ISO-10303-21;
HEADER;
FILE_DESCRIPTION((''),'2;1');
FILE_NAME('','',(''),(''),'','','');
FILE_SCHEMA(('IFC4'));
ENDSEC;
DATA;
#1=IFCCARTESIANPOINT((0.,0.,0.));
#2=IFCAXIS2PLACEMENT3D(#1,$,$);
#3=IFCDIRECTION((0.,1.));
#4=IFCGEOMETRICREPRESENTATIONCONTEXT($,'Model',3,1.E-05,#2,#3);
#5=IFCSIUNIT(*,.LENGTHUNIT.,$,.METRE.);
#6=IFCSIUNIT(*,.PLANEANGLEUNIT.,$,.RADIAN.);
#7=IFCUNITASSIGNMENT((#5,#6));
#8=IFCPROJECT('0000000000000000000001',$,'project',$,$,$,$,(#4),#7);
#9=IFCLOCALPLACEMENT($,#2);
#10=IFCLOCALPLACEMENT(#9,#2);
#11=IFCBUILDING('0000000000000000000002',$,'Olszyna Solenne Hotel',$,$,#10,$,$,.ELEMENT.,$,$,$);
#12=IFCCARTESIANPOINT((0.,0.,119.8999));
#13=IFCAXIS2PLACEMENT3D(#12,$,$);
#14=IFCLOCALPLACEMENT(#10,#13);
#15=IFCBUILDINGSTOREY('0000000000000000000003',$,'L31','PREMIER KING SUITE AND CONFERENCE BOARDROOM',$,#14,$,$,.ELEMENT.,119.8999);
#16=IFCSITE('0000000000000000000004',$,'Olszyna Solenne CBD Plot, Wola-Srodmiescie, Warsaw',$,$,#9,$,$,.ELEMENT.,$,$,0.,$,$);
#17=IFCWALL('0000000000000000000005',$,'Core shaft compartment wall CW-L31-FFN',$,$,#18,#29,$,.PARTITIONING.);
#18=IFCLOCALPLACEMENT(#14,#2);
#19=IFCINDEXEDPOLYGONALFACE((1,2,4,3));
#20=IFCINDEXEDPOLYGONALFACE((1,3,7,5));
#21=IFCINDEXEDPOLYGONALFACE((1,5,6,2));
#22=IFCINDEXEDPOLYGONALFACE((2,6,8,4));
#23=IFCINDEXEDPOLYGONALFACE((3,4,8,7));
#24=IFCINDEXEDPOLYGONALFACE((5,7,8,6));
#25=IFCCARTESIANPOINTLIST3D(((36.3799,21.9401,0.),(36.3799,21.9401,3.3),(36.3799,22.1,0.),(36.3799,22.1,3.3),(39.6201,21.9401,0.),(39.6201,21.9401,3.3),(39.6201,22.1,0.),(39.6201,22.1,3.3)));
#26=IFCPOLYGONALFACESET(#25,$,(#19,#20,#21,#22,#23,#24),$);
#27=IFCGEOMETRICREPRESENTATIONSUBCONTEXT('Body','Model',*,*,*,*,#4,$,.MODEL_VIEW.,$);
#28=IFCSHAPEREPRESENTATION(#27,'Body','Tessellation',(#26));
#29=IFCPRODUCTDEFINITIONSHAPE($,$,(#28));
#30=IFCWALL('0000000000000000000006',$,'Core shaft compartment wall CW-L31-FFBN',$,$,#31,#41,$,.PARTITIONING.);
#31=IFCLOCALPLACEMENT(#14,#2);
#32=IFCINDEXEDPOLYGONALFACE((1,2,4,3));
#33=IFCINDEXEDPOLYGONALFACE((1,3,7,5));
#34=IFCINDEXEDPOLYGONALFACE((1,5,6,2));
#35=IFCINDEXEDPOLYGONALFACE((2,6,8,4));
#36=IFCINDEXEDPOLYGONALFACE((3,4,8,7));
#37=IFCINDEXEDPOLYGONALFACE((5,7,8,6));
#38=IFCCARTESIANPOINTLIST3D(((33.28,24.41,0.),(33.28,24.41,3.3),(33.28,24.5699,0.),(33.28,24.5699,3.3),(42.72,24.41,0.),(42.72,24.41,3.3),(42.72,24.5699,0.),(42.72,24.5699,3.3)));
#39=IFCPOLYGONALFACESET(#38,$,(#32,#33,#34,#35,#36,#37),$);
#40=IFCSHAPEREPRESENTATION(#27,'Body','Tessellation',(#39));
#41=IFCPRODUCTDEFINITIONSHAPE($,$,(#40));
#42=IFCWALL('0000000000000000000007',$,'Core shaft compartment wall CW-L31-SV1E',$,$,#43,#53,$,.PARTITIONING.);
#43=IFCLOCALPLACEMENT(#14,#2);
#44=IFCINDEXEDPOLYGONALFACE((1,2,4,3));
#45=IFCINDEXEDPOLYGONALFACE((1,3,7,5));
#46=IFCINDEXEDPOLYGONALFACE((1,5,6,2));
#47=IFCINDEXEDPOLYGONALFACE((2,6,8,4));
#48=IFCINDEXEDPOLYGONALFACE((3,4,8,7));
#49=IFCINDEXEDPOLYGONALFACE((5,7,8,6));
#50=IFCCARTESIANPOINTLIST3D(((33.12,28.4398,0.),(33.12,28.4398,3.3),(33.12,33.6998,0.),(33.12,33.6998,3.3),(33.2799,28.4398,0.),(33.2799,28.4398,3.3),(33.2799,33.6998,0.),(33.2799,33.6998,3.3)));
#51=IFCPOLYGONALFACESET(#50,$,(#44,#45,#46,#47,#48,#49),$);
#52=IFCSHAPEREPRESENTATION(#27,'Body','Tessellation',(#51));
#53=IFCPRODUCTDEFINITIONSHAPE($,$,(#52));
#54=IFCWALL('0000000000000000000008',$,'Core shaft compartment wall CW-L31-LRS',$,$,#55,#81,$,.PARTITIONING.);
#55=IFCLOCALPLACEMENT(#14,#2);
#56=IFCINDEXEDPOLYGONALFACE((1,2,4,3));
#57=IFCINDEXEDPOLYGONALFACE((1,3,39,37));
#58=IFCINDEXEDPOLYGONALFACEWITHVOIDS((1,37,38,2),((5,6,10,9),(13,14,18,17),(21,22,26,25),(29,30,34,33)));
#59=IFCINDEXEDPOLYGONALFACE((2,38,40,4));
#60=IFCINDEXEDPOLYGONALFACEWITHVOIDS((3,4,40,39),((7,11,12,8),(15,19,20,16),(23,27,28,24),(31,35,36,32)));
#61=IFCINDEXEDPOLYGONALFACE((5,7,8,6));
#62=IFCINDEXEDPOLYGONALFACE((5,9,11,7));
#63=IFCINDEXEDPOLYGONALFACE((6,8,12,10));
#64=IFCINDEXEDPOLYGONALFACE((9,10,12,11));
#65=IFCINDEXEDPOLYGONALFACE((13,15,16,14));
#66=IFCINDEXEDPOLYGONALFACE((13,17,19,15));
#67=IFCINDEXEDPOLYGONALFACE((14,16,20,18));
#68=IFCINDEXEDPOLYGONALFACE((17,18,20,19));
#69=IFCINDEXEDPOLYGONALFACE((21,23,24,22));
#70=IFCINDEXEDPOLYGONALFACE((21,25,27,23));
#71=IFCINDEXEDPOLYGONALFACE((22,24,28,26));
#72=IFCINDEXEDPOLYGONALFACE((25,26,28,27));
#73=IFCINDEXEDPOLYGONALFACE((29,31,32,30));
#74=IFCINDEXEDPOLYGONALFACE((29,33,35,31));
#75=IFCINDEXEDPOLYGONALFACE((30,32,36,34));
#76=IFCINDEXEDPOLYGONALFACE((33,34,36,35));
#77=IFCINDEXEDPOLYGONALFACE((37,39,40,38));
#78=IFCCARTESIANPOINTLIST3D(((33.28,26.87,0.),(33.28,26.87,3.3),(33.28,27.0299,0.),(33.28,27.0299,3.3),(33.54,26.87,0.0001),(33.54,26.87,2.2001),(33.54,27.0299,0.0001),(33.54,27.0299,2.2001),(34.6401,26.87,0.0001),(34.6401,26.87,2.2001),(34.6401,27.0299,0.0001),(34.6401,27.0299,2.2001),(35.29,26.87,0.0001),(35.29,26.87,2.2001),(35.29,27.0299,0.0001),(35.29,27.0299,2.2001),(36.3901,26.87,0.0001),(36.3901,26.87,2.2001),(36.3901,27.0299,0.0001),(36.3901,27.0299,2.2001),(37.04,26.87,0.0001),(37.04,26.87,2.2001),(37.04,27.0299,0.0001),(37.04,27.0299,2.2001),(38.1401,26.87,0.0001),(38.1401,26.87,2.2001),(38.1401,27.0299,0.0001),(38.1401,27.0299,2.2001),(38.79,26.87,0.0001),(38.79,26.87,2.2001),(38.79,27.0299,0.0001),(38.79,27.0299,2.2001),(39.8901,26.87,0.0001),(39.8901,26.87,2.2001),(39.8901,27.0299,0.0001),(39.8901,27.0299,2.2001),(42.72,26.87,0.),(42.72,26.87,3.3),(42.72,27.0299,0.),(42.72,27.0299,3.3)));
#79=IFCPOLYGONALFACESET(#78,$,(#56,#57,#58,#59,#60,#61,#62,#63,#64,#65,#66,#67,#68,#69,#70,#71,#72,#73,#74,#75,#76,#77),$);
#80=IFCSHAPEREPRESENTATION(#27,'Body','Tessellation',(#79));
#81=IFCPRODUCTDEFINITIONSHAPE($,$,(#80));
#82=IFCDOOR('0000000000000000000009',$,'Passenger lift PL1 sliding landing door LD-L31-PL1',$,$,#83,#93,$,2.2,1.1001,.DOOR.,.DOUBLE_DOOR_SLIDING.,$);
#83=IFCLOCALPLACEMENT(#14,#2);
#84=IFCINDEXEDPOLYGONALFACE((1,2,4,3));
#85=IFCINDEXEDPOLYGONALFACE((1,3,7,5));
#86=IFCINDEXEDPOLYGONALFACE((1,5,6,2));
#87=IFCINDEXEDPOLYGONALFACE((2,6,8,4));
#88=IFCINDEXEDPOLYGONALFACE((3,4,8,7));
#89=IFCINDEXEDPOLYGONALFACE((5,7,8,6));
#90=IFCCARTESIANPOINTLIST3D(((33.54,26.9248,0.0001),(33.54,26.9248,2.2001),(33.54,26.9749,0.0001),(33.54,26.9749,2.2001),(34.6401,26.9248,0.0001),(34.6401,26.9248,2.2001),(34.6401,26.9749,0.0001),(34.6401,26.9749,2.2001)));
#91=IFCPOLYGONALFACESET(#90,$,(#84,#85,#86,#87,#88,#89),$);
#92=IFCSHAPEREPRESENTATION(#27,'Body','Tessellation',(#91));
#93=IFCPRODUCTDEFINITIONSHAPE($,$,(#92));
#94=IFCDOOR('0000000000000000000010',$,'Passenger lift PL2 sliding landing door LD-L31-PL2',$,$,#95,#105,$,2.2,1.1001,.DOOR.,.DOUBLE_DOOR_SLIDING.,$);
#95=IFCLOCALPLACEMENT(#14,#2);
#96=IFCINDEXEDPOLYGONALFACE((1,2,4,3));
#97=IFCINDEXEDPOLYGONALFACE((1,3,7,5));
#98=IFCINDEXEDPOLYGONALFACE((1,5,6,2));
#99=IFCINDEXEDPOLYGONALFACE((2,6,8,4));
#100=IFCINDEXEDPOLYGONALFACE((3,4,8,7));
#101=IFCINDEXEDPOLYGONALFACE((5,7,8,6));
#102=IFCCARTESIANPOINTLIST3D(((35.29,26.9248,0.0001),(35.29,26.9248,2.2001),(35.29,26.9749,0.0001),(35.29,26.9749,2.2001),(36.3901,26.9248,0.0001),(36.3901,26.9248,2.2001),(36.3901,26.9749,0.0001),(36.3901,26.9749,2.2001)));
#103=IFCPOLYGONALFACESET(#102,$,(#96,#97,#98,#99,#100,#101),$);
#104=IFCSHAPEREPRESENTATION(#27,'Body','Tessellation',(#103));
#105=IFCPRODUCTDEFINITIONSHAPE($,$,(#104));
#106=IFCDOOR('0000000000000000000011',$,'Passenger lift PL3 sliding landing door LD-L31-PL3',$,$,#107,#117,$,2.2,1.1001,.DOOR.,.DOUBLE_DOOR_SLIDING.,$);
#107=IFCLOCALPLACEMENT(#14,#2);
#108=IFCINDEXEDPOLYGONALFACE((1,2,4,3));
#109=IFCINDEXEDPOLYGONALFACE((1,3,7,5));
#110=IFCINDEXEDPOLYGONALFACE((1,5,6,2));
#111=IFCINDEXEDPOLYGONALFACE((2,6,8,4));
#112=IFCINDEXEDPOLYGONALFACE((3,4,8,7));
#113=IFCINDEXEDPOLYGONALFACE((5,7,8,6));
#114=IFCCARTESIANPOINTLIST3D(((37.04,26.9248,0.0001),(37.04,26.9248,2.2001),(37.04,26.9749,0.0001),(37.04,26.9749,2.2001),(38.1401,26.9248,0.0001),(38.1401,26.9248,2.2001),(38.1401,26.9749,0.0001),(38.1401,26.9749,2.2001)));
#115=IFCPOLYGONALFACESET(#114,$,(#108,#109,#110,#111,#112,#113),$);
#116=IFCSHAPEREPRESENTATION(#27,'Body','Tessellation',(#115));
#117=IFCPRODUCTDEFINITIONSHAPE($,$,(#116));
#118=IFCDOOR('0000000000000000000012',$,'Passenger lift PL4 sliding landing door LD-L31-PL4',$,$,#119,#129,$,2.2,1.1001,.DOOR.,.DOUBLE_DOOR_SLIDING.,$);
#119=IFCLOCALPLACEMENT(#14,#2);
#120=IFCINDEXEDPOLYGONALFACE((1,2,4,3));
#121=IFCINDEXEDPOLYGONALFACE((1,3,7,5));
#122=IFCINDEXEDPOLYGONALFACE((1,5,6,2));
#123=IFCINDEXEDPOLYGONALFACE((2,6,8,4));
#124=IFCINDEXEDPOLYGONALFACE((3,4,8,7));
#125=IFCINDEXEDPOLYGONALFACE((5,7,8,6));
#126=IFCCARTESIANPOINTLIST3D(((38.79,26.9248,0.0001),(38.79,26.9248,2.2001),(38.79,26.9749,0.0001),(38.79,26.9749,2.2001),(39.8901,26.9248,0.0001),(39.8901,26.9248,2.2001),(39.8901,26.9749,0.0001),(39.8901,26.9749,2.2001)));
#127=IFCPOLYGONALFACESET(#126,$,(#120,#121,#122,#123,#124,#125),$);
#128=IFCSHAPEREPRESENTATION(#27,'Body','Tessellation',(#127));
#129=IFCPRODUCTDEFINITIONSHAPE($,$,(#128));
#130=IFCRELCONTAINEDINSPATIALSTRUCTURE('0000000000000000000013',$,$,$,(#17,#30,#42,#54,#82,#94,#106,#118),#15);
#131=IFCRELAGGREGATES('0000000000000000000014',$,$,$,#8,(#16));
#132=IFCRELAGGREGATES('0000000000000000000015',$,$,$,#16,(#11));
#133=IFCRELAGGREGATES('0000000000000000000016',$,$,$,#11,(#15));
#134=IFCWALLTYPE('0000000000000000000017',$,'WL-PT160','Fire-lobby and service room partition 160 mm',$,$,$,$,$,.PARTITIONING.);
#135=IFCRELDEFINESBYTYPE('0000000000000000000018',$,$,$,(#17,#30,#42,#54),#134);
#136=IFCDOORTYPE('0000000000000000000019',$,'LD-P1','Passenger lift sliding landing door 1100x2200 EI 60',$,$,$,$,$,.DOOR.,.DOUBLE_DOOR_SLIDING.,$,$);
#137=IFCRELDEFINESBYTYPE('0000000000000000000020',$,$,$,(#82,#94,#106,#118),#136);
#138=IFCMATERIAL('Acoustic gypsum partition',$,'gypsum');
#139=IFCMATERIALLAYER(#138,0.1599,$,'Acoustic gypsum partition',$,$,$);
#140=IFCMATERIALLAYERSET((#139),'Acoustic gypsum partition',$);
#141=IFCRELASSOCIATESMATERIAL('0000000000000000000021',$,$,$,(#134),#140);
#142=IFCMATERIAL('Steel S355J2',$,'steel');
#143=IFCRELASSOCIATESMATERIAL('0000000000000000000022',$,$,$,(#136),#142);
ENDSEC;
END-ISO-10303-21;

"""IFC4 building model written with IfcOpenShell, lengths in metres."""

from ifc_helpers import new_model, si_unit, direction, frame, frame_2d, origin, place, context, subcontext, project, spatial, rectangle, extrude, source, transform, mapped, material, layer, layer_set, type_object, type_shapes, element, fill, save


model = new_model("IFC4")

# Units and contexts
model_context = context("Model", 3, precision=1e-05, world=origin(), true_north=direction((0.0, 1.0)))
body_context = subcontext(model_context, "Body", "Model", "MODEL_VIEW")
ifc_project = project(units=[si_unit("LENGTHUNIT", "METRE"), si_unit("PLANEANGLEUNIT", "RADIAN")], contexts=[model_context])

# Site, building, storey
site_placement = place(None, origin())
site = spatial("IfcSite", under=ifc_project, at=site_placement, Name="Olszyna Solenne CBD Plot, Wola-Srodmiescie, Warsaw", CompositionType="ELEMENT", RefElevation=0.0)
building_placement = place(site_placement, origin())
building = spatial("IfcBuilding", under=site, at=building_placement, Name="Olszyna Solenne Hotel", CompositionType="ELEMENT")
storey_placement = place(building_placement, frame((0.0, 0.0, 119.8999)))
storey = spatial("IfcBuildingStorey", under=building, at=storey_placement, Name="L31", Description="PREMIER KING SUITE AND CONFERENCE BOARDROOM", CompositionType="ELEMENT", Elevation=119.8999)

# Shared definitions
ifc_material_1 = material(Name="Steel S355J2", Category="steel")

# Shared definitions
ifc_material_2 = material(Name="Acoustic gypsum partition", Category="gypsum")

# Shared definitions
ifc_layer_1 = layer(ifc_material_2, 0.1599, Name="Acoustic gypsum partition")
ifc_layer_set_1 = layer_set([ifc_layer_1], Name="Acoustic gypsum partition")
wall_type_1 = type_object("IfcWallType", Name="WL-PT160", Description="Fire-lobby and service room partition 160 mm", PredefinedType="PARTITIONING", material=ifc_layer_set_1)

# Walls
wall_1_placement = place(storey_placement, frame((36.3799, 22.02, 0.0), z_axis=(0.0, 0.0, 1.0), x_axis=(1.0, 0.0, 0.0)))
element("IfcWall", 1, at=wall_1_placement, inside=storey, type_object=wall_type_1, Name="Core shaft compartment wall CW-L31-FFN", PredefinedType="PARTITIONING", context=body_context, shape_type="SweptSolid", body=[
    extrude(rectangle(XDim=3.2402, YDim=0.1599, at=frame_2d((1.6201, 0.0))), origin(), (0.0, 0.0, 1.0), 3.3),
])
wall_2_placement = place(storey_placement, frame((33.28, 24.49, 0.0), z_axis=(0.0, 0.0, 1.0), x_axis=(1.0, 0.0, 0.0)))
element("IfcWall", 2, at=wall_2_placement, inside=storey, type_object=wall_type_1, Name="Core shaft compartment wall CW-L31-FFBN", PredefinedType="PARTITIONING", context=body_context, shape_type="SweptSolid", body=[
    extrude(rectangle(XDim=9.4399, YDim=0.1599, at=frame_2d((4.72, 0.0))), origin(), (0.0, 0.0, 1.0), 3.3),
])
wall_3_placement = place(storey_placement, frame((33.2, 28.4399, 0.0), z_axis=(0.0, 0.0, 1.0), x_axis=(0.0, 1.0, 0.0)))
element("IfcWall", 3, at=wall_3_placement, inside=storey, type_object=wall_type_1, Name="Core shaft compartment wall CW-L31-SV1E", PredefinedType="PARTITIONING", context=body_context, shape_type="SweptSolid", body=[
    extrude(rectangle(XDim=5.26, YDim=0.1599, at=frame_2d((2.6299, 0.0))), origin(), (0.0, 0.0, 1.0), 3.3),
])

# Wall, openings, doors
wall_4_placement = place(storey_placement, frame((33.28, 26.95, 0.0), z_axis=(0.0, 0.0, 1.0), x_axis=(1.0, 0.0, 0.0)))
wall_4 = element("IfcWall", 4, at=wall_4_placement, inside=storey, type_object=wall_type_1, Name="Core shaft compartment wall CW-L31-LRS", PredefinedType="PARTITIONING", context=body_context, shape_type="SweptSolid", body=[
    extrude(rectangle(XDim=9.4399, YDim=0.1599, at=frame_2d((4.72, 0.0))), origin(), (0.0, 0.0, 1.0), 3.3),
])
opening_1_placement = place(wall_4_placement, frame((0.26, 0.0, 0.0)))
opening_1 = element("IfcOpeningElement", 5, at=opening_1_placement, cuts=wall_4, PredefinedType="OPENING", context=body_context, shape_type="SweptSolid", body=[
    extrude(rectangle(XDim=1.1001, YDim=2.2, at=frame_2d((0.55, 1.1001))), frame((0.0, 0.0898, 0.0), z_axis=(0.0, -1.0, 0.0), x_axis=(1.0, 0.0, 0.0)), (0.0, 0.0, 1.0), 0.1799),
])
opening_2_placement = place(wall_4_placement, frame((2.01, 0.0, 0.0)))
opening_2 = element("IfcOpeningElement", 6, at=opening_2_placement, cuts=wall_4, PredefinedType="OPENING", context=body_context, shape_type="SweptSolid", body=[
    extrude(rectangle(XDim=1.1001, YDim=2.2, at=frame_2d((0.55, 1.1001))), frame((0.0, 0.0898, 0.0), z_axis=(0.0, -1.0, 0.0), x_axis=(1.0, 0.0, 0.0)), (0.0, 0.0, 1.0), 0.1799),
])
opening_3_placement = place(wall_4_placement, frame((3.76, 0.0, 0.0)))
opening_3 = element("IfcOpeningElement", 7, at=opening_3_placement, cuts=wall_4, PredefinedType="OPENING", context=body_context, shape_type="SweptSolid", body=[
    extrude(rectangle(XDim=1.1001, YDim=2.2, at=frame_2d((0.55, 1.1001))), frame((0.0, 0.0898, 0.0), z_axis=(0.0, -1.0, 0.0), x_axis=(1.0, 0.0, 0.0)), (0.0, 0.0, 1.0), 0.1799),
])
opening_4_placement = place(wall_4_placement, frame((5.51, 0.0, 0.0)))
opening_4 = element("IfcOpeningElement", 8, at=opening_4_placement, cuts=wall_4, PredefinedType="OPENING", context=body_context, shape_type="SweptSolid", body=[
    extrude(rectangle(XDim=1.1001, YDim=2.2, at=frame_2d((0.55, 1.1001))), frame((0.0, 0.0898, 0.0), z_axis=(0.0, -1.0, 0.0), x_axis=(1.0, 0.0, 0.0)), (0.0, 0.0, 1.0), 0.1799),
])
door_type_1 = type_object("IfcDoorType", Name="LD-P1", Description="Passenger lift sliding landing door 1100x2200 EI 60", OperationType="DOUBLE_DOOR_SLIDING", PredefinedType="DOOR", material=ifc_material_1)
shared_shape_1 = source(origin(), body_context, "Body", "SweptSolid", [
    extrude(rectangle(XDim=1.1001, YDim=2.2, at=frame_2d((0.55, 1.1001))), frame((0.0, 0.0249, 0.0), z_axis=(0.0, -1.0, 0.0), x_axis=(1.0, 0.0, 0.0)), (0.0, 0.0, 1.0), 0.05),
])
type_shapes(door_type_1, [shared_shape_1])
door_1_placement = place(opening_1_placement, origin())
door_1 = element("IfcDoor", 9, at=door_1_placement, inside=storey, type_object=door_type_1, Name="Passenger lift PL1 sliding landing door LD-L31-PL1", OperationType="DOUBLE_DOOR_SLIDING", OverallHeight=2.2, OverallWidth=1.1001, PredefinedType="DOOR", context=body_context, shape_type="MappedRepresentation", body=[
    mapped(shared_shape_1, transform((0.0, 0.0, 0.0), x_axis=(1.0, 0.0, 0.0), y_axis=(0.0, 1.0, 0.0), z_axis=(0.0, 0.0, 1.0), scale=1.0)),
])
fill(opening_1, door_1)
door_2_placement = place(opening_2_placement, origin())
door_2 = element("IfcDoor", 10, at=door_2_placement, inside=storey, type_object=door_type_1, Name="Passenger lift PL2 sliding landing door LD-L31-PL2", OperationType="DOUBLE_DOOR_SLIDING", OverallHeight=2.2, OverallWidth=1.1001, PredefinedType="DOOR", context=body_context, shape_type="MappedRepresentation", body=[
    mapped(shared_shape_1, transform((0.0, 0.0, 0.0), x_axis=(1.0, 0.0, 0.0), y_axis=(0.0, 1.0, 0.0), z_axis=(0.0, 0.0, 1.0), scale=1.0)),
])
fill(opening_2, door_2)
door_3_placement = place(opening_3_placement, origin())
door_3 = element("IfcDoor", 11, at=door_3_placement, inside=storey, type_object=door_type_1, Name="Passenger lift PL3 sliding landing door LD-L31-PL3", OperationType="DOUBLE_DOOR_SLIDING", OverallHeight=2.2, OverallWidth=1.1001, PredefinedType="DOOR", context=body_context, shape_type="MappedRepresentation", body=[
    mapped(shared_shape_1, transform((0.0, 0.0, 0.0), x_axis=(1.0, 0.0, 0.0), y_axis=(0.0, 1.0, 0.0), z_axis=(0.0, 0.0, 1.0), scale=1.0)),
])
fill(opening_3, door_3)
door_4_placement = place(opening_4_placement, origin())
door_4 = element("IfcDoor", 12, at=door_4_placement, inside=storey, type_object=door_type_1, Name="Passenger lift PL4 sliding landing door LD-L31-PL4", OperationType="DOUBLE_DOOR_SLIDING", OverallHeight=2.2, OverallWidth=1.1001, PredefinedType="DOOR", context=body_context, shape_type="MappedRepresentation", body=[
    mapped(shared_shape_1, transform((0.0, 0.0, 0.0), x_axis=(1.0, 0.0, 0.0), y_axis=(0.0, 1.0, 0.0), z_axis=(0.0, 0.0, 1.0), scale=1.0)),
])
fill(opening_4, door_4)

save(model, "model.ifc")
